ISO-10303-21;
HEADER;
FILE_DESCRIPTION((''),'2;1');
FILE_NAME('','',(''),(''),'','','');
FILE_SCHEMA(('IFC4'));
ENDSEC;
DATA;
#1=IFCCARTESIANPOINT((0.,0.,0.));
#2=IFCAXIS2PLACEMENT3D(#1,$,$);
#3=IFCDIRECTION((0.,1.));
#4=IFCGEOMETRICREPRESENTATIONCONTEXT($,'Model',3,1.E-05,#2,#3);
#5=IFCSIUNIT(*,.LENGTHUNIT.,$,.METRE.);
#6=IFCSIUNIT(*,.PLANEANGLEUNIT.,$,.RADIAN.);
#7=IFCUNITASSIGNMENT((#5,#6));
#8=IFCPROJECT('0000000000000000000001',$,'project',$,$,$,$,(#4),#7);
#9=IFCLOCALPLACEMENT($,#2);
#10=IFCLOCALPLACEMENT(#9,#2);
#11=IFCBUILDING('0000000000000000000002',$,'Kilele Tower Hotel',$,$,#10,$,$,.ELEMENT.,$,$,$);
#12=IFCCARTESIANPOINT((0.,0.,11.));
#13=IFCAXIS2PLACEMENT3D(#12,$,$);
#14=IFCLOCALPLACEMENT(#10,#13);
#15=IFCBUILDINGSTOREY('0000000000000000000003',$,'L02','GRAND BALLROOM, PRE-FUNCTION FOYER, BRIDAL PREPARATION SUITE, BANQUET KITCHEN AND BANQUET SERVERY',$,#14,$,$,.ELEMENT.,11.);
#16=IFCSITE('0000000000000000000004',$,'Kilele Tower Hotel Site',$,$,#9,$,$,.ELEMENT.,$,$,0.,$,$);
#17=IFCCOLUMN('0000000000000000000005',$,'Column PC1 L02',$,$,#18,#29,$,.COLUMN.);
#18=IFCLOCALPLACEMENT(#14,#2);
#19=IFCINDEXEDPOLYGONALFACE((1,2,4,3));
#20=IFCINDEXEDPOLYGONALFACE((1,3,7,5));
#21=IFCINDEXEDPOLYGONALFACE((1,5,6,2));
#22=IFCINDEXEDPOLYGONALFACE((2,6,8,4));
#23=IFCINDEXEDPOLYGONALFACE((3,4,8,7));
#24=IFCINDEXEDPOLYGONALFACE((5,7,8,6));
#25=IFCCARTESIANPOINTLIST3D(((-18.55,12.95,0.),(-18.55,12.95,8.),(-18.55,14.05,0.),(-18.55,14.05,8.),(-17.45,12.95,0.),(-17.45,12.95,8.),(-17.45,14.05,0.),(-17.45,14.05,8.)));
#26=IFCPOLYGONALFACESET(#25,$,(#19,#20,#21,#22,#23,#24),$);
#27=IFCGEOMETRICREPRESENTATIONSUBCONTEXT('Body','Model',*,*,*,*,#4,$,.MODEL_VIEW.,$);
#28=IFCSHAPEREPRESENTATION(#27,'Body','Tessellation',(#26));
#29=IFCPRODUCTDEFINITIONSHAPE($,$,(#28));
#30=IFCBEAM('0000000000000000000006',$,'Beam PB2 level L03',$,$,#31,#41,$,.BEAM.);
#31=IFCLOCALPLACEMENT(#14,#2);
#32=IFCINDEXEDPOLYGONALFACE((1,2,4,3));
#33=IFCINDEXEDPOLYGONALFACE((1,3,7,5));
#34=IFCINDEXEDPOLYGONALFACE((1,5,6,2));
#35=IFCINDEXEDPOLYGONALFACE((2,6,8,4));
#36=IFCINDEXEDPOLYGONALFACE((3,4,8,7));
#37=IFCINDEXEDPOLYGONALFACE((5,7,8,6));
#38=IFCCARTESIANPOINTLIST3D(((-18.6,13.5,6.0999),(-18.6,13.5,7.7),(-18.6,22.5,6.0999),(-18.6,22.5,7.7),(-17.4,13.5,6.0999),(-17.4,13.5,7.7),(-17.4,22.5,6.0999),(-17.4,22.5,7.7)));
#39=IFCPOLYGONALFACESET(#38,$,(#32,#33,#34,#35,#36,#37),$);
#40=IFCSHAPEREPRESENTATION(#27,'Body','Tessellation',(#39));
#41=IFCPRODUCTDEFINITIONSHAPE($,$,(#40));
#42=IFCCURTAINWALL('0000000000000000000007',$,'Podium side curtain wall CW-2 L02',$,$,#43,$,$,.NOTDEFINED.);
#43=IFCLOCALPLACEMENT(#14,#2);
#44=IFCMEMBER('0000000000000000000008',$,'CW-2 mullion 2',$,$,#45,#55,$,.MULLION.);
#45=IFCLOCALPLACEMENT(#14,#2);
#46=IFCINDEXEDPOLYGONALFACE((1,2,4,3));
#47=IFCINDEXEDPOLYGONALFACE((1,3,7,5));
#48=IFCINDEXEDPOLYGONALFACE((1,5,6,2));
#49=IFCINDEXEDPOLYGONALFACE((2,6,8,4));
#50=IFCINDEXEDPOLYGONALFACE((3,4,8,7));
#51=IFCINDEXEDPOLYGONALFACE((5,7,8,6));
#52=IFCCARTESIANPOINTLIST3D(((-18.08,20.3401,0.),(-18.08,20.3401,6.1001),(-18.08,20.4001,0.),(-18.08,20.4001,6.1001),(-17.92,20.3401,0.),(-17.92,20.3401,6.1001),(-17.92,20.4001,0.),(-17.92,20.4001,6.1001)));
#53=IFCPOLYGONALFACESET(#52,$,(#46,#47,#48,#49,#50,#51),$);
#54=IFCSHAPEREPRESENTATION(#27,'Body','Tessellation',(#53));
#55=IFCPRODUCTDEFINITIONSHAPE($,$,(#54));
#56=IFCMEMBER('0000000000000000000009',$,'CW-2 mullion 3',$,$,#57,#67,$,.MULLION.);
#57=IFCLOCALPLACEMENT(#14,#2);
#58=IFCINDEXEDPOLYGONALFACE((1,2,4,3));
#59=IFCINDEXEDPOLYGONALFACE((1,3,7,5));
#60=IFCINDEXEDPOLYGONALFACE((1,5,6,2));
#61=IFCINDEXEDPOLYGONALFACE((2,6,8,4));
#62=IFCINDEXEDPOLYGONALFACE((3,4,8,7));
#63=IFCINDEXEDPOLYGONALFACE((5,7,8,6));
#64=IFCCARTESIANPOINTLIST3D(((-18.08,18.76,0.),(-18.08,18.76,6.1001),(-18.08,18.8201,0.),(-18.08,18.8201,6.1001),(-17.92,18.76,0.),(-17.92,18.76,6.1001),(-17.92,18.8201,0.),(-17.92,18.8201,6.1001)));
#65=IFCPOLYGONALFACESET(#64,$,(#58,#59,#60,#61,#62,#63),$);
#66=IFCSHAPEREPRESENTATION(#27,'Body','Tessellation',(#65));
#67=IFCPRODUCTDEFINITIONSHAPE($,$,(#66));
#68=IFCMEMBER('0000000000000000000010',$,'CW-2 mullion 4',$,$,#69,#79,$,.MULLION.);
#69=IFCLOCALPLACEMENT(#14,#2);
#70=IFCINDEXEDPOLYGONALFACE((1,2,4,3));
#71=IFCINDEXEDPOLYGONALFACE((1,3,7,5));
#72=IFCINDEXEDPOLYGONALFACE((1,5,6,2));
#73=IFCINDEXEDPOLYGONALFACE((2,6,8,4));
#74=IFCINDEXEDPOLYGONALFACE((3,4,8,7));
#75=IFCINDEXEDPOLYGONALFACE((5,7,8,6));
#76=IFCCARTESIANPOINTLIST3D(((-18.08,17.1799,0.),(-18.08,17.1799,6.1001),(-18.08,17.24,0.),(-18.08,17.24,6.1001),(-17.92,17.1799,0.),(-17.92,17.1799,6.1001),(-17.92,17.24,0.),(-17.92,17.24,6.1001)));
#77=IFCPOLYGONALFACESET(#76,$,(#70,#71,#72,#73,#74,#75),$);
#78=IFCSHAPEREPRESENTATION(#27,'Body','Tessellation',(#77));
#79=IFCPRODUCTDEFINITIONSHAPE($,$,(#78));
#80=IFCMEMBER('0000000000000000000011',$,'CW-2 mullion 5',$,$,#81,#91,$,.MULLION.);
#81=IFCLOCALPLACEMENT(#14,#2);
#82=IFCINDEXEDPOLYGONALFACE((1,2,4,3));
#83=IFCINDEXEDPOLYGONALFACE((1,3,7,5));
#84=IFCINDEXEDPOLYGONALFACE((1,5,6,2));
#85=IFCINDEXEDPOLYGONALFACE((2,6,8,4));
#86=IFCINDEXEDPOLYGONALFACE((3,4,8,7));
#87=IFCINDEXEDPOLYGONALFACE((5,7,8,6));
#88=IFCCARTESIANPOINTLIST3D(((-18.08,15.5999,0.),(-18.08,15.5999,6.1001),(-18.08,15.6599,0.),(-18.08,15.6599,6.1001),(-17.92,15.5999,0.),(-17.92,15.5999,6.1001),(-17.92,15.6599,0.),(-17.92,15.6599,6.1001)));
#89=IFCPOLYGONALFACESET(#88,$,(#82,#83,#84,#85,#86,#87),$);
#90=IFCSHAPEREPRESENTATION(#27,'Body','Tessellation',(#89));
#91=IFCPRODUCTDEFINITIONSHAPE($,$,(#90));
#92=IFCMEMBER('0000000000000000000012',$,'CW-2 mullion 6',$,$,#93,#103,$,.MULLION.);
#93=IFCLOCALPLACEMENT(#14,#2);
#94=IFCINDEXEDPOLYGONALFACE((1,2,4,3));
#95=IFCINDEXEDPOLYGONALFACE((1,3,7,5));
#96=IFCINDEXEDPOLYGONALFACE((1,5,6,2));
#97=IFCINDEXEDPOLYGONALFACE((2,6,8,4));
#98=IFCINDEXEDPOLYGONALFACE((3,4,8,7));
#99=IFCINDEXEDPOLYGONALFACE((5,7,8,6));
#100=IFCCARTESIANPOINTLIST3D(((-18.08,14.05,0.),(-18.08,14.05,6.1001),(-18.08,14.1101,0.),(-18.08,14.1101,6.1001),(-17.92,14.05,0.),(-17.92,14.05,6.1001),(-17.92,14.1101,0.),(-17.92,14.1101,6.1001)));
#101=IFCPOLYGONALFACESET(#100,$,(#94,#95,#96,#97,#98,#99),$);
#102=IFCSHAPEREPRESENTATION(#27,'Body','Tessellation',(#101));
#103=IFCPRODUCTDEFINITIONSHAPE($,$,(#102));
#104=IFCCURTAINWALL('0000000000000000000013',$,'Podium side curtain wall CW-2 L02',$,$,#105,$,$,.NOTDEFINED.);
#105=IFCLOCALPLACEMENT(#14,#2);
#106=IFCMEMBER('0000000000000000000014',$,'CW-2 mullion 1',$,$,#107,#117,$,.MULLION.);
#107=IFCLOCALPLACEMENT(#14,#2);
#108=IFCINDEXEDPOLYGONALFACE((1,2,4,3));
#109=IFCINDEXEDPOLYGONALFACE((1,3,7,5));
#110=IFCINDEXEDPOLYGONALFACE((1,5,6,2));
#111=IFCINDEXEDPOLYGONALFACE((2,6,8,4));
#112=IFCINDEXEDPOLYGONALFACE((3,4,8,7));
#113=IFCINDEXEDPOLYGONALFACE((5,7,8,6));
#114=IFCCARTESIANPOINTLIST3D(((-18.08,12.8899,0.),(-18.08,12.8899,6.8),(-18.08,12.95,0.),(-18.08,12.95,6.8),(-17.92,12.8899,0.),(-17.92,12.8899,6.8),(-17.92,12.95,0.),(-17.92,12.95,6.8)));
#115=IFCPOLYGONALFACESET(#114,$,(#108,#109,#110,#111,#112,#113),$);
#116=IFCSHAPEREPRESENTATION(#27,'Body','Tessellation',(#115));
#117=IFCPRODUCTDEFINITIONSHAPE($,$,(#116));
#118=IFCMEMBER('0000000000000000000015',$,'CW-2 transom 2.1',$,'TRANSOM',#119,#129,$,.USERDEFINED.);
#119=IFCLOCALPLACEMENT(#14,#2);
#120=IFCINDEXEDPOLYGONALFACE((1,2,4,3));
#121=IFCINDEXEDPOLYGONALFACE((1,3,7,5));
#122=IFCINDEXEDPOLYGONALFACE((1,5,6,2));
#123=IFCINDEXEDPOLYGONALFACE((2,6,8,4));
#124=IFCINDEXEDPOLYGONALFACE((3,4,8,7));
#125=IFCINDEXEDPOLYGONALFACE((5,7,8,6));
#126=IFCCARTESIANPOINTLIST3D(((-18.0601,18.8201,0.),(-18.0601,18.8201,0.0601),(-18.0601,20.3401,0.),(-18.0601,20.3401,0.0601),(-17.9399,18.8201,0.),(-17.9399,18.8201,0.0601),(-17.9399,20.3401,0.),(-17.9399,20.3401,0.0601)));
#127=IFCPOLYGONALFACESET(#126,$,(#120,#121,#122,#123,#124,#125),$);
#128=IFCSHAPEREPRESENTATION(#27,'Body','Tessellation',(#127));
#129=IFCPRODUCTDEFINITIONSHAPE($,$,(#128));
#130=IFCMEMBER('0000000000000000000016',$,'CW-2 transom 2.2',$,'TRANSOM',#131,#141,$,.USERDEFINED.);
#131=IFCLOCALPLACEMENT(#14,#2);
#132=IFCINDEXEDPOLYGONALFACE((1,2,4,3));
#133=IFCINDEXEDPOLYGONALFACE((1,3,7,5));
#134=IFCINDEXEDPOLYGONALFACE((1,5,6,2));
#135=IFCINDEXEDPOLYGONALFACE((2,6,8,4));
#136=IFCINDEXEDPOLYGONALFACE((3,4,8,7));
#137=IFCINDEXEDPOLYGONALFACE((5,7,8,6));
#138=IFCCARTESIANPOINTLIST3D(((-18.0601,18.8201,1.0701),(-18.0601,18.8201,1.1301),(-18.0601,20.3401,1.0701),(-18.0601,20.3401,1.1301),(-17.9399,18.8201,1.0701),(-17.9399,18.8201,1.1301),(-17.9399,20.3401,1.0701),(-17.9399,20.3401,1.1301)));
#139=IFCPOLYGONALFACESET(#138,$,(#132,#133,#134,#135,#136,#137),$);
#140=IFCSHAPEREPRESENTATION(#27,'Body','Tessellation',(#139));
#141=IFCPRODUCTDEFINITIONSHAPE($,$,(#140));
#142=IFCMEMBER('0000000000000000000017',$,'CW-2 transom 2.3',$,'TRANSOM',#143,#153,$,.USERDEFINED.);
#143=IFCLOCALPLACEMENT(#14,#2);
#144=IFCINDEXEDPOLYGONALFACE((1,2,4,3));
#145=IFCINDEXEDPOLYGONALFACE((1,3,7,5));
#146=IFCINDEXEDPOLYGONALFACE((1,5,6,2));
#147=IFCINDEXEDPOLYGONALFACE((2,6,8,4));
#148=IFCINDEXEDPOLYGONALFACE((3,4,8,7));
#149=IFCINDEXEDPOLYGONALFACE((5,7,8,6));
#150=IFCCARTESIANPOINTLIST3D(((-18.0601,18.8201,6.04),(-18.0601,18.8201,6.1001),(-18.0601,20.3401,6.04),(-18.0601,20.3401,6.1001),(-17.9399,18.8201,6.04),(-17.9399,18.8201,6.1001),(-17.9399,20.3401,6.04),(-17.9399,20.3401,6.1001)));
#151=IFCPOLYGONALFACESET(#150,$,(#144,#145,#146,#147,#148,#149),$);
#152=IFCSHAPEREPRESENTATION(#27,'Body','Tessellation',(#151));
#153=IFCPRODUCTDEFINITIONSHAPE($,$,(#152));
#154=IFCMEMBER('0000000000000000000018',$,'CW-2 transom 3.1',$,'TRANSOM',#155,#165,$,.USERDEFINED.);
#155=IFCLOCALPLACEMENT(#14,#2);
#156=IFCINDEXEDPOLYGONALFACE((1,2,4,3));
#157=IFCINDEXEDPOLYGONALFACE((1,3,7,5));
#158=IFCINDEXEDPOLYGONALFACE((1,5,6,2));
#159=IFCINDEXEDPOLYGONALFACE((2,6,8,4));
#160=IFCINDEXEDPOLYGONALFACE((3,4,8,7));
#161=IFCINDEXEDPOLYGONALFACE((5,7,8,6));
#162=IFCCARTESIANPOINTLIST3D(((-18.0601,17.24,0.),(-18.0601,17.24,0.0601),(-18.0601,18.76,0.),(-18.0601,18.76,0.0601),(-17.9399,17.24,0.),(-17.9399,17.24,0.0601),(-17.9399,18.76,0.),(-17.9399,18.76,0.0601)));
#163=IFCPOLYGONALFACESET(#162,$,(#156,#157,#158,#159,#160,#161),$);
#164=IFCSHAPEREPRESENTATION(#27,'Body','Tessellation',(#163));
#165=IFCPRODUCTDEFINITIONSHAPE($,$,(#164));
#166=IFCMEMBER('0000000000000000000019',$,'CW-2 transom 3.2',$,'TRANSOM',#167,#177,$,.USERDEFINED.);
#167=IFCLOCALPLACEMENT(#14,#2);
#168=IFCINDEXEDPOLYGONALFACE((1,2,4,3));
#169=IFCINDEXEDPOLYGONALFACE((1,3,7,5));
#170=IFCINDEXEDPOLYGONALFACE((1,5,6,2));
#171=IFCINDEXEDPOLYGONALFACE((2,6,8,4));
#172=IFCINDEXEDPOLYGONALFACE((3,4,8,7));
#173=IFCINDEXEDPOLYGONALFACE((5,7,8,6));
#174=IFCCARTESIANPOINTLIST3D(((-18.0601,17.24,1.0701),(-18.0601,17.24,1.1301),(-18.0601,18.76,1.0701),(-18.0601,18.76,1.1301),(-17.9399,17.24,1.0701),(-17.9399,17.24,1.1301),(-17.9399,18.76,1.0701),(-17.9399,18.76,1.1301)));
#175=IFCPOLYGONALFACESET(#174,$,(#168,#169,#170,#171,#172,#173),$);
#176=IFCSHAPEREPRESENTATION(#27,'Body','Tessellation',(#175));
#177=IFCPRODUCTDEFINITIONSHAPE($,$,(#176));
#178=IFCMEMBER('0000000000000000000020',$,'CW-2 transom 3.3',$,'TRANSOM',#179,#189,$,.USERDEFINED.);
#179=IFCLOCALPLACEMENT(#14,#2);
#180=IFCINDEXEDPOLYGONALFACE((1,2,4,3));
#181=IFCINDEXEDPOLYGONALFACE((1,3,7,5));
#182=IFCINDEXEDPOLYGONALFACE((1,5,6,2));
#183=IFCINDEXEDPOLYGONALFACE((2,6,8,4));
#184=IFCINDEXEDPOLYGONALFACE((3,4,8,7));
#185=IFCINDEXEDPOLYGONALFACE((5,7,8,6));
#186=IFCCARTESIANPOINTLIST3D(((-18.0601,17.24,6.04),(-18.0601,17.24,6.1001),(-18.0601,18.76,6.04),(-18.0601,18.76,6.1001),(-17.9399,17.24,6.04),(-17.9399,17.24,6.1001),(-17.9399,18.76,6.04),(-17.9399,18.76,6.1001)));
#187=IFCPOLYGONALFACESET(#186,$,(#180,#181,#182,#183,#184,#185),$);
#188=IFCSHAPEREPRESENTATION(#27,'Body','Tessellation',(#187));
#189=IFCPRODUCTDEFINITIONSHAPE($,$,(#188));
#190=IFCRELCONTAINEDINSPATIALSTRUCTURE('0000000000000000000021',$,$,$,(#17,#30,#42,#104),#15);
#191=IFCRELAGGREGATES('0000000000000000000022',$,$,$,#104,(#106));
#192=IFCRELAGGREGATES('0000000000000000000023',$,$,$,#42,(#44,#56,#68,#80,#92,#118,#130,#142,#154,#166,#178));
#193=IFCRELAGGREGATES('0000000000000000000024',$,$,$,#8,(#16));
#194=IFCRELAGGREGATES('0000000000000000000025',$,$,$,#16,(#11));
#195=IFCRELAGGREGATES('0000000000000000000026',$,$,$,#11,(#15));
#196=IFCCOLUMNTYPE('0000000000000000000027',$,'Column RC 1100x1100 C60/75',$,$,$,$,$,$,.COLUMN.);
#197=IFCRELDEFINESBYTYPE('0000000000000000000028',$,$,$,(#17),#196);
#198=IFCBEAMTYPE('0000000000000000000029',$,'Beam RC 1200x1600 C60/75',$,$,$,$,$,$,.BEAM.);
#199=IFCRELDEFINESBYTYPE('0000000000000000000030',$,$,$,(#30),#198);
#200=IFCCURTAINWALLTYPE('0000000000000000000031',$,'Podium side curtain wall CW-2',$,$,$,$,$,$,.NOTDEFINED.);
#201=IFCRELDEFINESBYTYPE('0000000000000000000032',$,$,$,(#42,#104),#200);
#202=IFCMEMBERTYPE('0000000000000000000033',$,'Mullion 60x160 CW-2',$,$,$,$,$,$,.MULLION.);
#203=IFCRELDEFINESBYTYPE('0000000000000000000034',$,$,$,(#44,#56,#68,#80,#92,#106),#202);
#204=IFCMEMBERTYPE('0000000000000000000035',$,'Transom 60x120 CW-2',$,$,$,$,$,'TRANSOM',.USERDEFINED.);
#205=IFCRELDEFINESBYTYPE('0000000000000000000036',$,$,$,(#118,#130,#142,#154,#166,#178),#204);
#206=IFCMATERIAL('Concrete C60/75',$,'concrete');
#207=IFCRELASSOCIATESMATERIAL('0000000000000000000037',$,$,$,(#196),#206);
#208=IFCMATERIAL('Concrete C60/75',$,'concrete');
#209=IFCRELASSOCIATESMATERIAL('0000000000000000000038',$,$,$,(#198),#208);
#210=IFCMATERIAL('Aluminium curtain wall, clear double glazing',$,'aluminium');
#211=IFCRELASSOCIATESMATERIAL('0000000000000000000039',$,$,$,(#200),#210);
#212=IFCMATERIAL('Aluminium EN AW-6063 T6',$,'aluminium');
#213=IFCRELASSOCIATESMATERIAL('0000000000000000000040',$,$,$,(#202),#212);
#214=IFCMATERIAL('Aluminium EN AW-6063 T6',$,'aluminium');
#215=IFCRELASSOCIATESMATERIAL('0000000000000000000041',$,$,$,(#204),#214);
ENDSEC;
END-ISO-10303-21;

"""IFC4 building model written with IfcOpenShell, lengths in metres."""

from ifc_helpers import new_model, si_unit, direction, frame, origin, origin_2d, place, context, subcontext, project, spatial, rectangle, extrude, material, material_profile, profile_set, type_object, element, aggregate, save


model = new_model("IFC4")

# Units and contexts
model_context = context("Model", 3, precision=1e-05, world=origin(), true_north=direction((0.0, 1.0)))
body_context = subcontext(model_context, "Body", "Model", "MODEL_VIEW")
ifc_project = project(units=[si_unit("LENGTHUNIT", "METRE"), si_unit("PLANEANGLEUNIT", "RADIAN")], contexts=[model_context])

# Site, building, storey
site_placement = place(None, origin())
site = spatial("IfcSite", under=ifc_project, at=site_placement, Name="Kilele Tower Hotel Site", CompositionType="ELEMENT", RefElevation=0.0)
building_placement = place(site_placement, origin())
building = spatial("IfcBuilding", under=site, at=building_placement, Name="Kilele Tower Hotel", CompositionType="ELEMENT")
storey_placement = place(building_placement, frame((0.0, 0.0, 11.0)))
storey = spatial("IfcBuildingStorey", under=building, at=storey_placement, Name="L02", Description="GRAND BALLROOM, PRE-FUNCTION FOYER, BRIDAL PREPARATION SUITE, BANQUET KITCHEN AND BANQUET SERVERY", CompositionType="ELEMENT", Elevation=11.0)

# Column
ifc_material_1 = material(Name="Concrete C60/75", Category="concrete")
ifc_material_profile_1 = material_profile(ifc_material_1, rectangle(XDim=1.1001, YDim=1.1001, at=origin_2d()))
ifc_profile_set_1 = profile_set([ifc_material_profile_1], Name="Concrete C60/75")
column_type = type_object("IfcColumnType", Name="Column RC 1100x1100 C60/75", PredefinedType="COLUMN", material=ifc_profile_set_1)
column_placement = place(storey_placement, frame((-18.0, 13.5, 0.0), z_axis=(0.0, 0.0, 1.0), x_axis=(1.0, 0.0, 0.0)))
element("IfcColumn", 1, at=column_placement, inside=storey, type_object=column_type, Name="Column PC1 L02", PredefinedType="COLUMN", context=body_context, shape_type="SweptSolid", body=[
    extrude(rectangle(XDim=1.1001, YDim=1.1001, at=origin_2d()), origin(), (0.0, 0.0, 1.0), 8.0),
])

# Beam
ifc_material_2 = material(Name="Concrete C60/75", Category="concrete")
ifc_material_profile_2 = material_profile(ifc_material_2, rectangle(XDim=1.2, YDim=1.6001, at=origin_2d()))
ifc_profile_set_2 = profile_set([ifc_material_profile_2], Name="Concrete C60/75")
beam_type = type_object("IfcBeamType", Name="Beam RC 1200x1600 C60/75", PredefinedType="BEAM", material=ifc_profile_set_2)
beam_placement = place(storey_placement, frame((-18.0, 13.5, 6.8999), z_axis=(0.0, 1.0, 0.0), x_axis=(-1.0, 0.0, 0.0)))
element("IfcBeam", 2, at=beam_placement, inside=storey, type_object=beam_type, Name="Beam PB2 level L03", PredefinedType="BEAM", context=body_context, shape_type="SweptSolid", body=[
    extrude(rectangle(XDim=1.2, YDim=1.6001, at=origin_2d()), origin(), (0.0, 0.0, 1.0), 9.0),
])

# Curtain wall, members
ifc_material_3 = material(Name="Aluminium curtain wall, clear double glazing", Category="aluminium")
curtain_wall_type = type_object("IfcCurtainWallType", Name="Podium side curtain wall CW-2", PredefinedType="NOTDEFINED", material=ifc_material_3)
curtain_wall_1_placement = place(storey_placement, origin())
curtain_wall_1 = element("IfcCurtainWall", 3, at=curtain_wall_1_placement, inside=storey, type_object=curtain_wall_type, Name="Podium side curtain wall CW-2 L02", PredefinedType="NOTDEFINED")
ifc_material_4 = material(Name="Aluminium EN AW-6063 T6", Category="aluminium")
ifc_material_profile_3 = material_profile(ifc_material_4, rectangle(XDim=0.1599, YDim=0.0601, at=origin_2d()))
ifc_profile_set_3 = profile_set([ifc_material_profile_3], Name="Aluminium EN AW-6063 T6")
member_type_1 = type_object("IfcMemberType", Name="Mullion 60x160 CW-2", PredefinedType="MULLION", material=ifc_profile_set_3)
member_1_placement = place(storey_placement, frame((-18.0, 20.3701, 0.0), z_axis=(0.0, 0.0, 1.0), x_axis=(1.0, 0.0, 0.0)))
member_1 = element("IfcMember", 4, at=member_1_placement, type_object=member_type_1, Name="CW-2 mullion 2", PredefinedType="MULLION", context=body_context, shape_type="SweptSolid", body=[
    extrude(rectangle(XDim=0.1599, YDim=0.0601, at=origin_2d()), origin(), (0.0, 0.0, 1.0), 6.1001),
])
member_2_placement = place(storey_placement, frame((-18.0, 18.79, 0.0), z_axis=(0.0, 0.0, 1.0), x_axis=(1.0, 0.0, 0.0)))
member_2 = element("IfcMember", 5, at=member_2_placement, type_object=member_type_1, Name="CW-2 mullion 3", PredefinedType="MULLION", context=body_context, shape_type="SweptSolid", body=[
    extrude(rectangle(XDim=0.1599, YDim=0.0601, at=origin_2d()), origin(), (0.0, 0.0, 1.0), 6.1001),
])
member_3_placement = place(storey_placement, frame((-18.0, 17.21, 0.0), z_axis=(0.0, 0.0, 1.0), x_axis=(1.0, 0.0, 0.0)))
member_3 = element("IfcMember", 6, at=member_3_placement, type_object=member_type_1, Name="CW-2 mullion 4", PredefinedType="MULLION", context=body_context, shape_type="SweptSolid", body=[
    extrude(rectangle(XDim=0.1599, YDim=0.0601, at=origin_2d()), origin(), (0.0, 0.0, 1.0), 6.1001),
])
member_4_placement = place(storey_placement, frame((-18.0, 15.6299, 0.0), z_axis=(0.0, 0.0, 1.0), x_axis=(1.0, 0.0, 0.0)))
member_4 = element("IfcMember", 7, at=member_4_placement, type_object=member_type_1, Name="CW-2 mullion 5", PredefinedType="MULLION", context=body_context, shape_type="SweptSolid", body=[
    extrude(rectangle(XDim=0.1599, YDim=0.0601, at=origin_2d()), origin(), (0.0, 0.0, 1.0), 6.1001),
])
member_5_placement = place(storey_placement, frame((-18.0, 14.0801, 0.0), z_axis=(0.0, 0.0, 1.0), x_axis=(1.0, 0.0, 0.0)))
member_5 = element("IfcMember", 8, at=member_5_placement, type_object=member_type_1, Name="CW-2 mullion 6", PredefinedType="MULLION", context=body_context, shape_type="SweptSolid", body=[
    extrude(rectangle(XDim=0.1599, YDim=0.0601, at=origin_2d()), origin(), (0.0, 0.0, 1.0), 6.1001),
])

# Curtain wall, member
curtain_wall_2_placement = place(storey_placement, origin())
curtain_wall_2 = element("IfcCurtainWall", 9, at=curtain_wall_2_placement, inside=storey, type_object=curtain_wall_type, Name="Podium side curtain wall CW-2 L02", PredefinedType="NOTDEFINED")
member_6_placement = place(storey_placement, frame((-18.0, 12.9199, 0.0), z_axis=(0.0, 0.0, 1.0), x_axis=(1.0, 0.0, 0.0)))
member_6 = element("IfcMember", 10, at=member_6_placement, type_object=member_type_1, Name="CW-2 mullion 1", PredefinedType="MULLION", context=body_context, shape_type="SweptSolid", body=[
    extrude(rectangle(XDim=0.1599, YDim=0.0601, at=origin_2d()), origin(), (0.0, 0.0, 1.0), 6.8),
])

# Members
ifc_material_5 = material(Name="Aluminium EN AW-6063 T6", Category="aluminium")
ifc_material_profile_4 = material_profile(ifc_material_5, rectangle(XDim=0.1201, YDim=0.0601, at=origin_2d()))
ifc_profile_set_4 = profile_set([ifc_material_profile_4], Name="Aluminium EN AW-6063 T6")
member_type_2 = type_object("IfcMemberType", Name="Transom 60x120 CW-2", ElementType="TRANSOM", PredefinedType="USERDEFINED", material=ifc_profile_set_4)
member_7_placement = place(storey_placement, frame((-18.0, 20.3401, 0.03), z_axis=(0.0, -1.0, 0.0), x_axis=(1.0, 0.0, 0.0)))
member_7 = element("IfcMember", 11, at=member_7_placement, type_object=member_type_2, Name="CW-2 transom 2.1", ObjectType="TRANSOM", PredefinedType="USERDEFINED", context=body_context, shape_type="SweptSolid", body=[
    extrude(rectangle(XDim=0.1201, YDim=0.0601, at=origin_2d()), origin(), (0.0, 0.0, 1.0), 1.52),
])
member_8_placement = place(storey_placement, frame((-18.0, 20.3401, 1.1001), z_axis=(0.0, -1.0, 0.0), x_axis=(1.0, 0.0, 0.0)))
member_8 = element("IfcMember", 12, at=member_8_placement, type_object=member_type_2, Name="CW-2 transom 2.2", ObjectType="TRANSOM", PredefinedType="USERDEFINED", context=body_context, shape_type="SweptSolid", body=[
    extrude(rectangle(XDim=0.1201, YDim=0.0601, at=origin_2d()), origin(), (0.0, 0.0, 1.0), 1.52),
])
member_9_placement = place(storey_placement, frame((-18.0, 20.3401, 6.0701), z_axis=(0.0, -1.0, 0.0), x_axis=(1.0, 0.0, 0.0)))
member_9 = element("IfcMember", 13, at=member_9_placement, type_object=member_type_2, Name="CW-2 transom 2.3", ObjectType="TRANSOM", PredefinedType="USERDEFINED", context=body_context, shape_type="SweptSolid", body=[
    extrude(rectangle(XDim=0.1201, YDim=0.0601, at=origin_2d()), origin(), (0.0, 0.0, 1.0), 1.52),
])
member_10_placement = place(storey_placement, frame((-18.0, 18.76, 0.03), z_axis=(0.0, -1.0, 0.0), x_axis=(1.0, 0.0, 0.0)))
member_10 = element("IfcMember", 14, at=member_10_placement, type_object=member_type_2, Name="CW-2 transom 3.1", ObjectType="TRANSOM", PredefinedType="USERDEFINED", context=body_context, shape_type="SweptSolid", body=[
    extrude(rectangle(XDim=0.1201, YDim=0.0601, at=origin_2d()), origin(), (0.0, 0.0, 1.0), 1.52),
])
member_11_placement = place(storey_placement, frame((-18.0, 18.76, 1.1001), z_axis=(0.0, -1.0, 0.0), x_axis=(1.0, 0.0, 0.0)))
member_11 = element("IfcMember", 15, at=member_11_placement, type_object=member_type_2, Name="CW-2 transom 3.2", ObjectType="TRANSOM", PredefinedType="USERDEFINED", context=body_context, shape_type="SweptSolid", body=[
    extrude(rectangle(XDim=0.1201, YDim=0.0601, at=origin_2d()), origin(), (0.0, 0.0, 1.0), 1.52),
])
member_12_placement = place(storey_placement, frame((-18.0, 18.76, 6.0701), z_axis=(0.0, -1.0, 0.0), x_axis=(1.0, 0.0, 0.0)))
member_12 = element("IfcMember", 16, at=member_12_placement, type_object=member_type_2, Name="CW-2 transom 3.3", ObjectType="TRANSOM", PredefinedType="USERDEFINED", context=body_context, shape_type="SweptSolid", body=[
    extrude(rectangle(XDim=0.1201, YDim=0.0601, at=origin_2d()), origin(), (0.0, 0.0, 1.0), 1.52),
])
aggregate(curtain_wall_2, [member_6])

aggregate(curtain_wall_1, [member_1, member_2, member_3, member_4, member_5, member_7, member_8, member_9, member_10, member_11, member_12])

save(model, "model.ifc")
